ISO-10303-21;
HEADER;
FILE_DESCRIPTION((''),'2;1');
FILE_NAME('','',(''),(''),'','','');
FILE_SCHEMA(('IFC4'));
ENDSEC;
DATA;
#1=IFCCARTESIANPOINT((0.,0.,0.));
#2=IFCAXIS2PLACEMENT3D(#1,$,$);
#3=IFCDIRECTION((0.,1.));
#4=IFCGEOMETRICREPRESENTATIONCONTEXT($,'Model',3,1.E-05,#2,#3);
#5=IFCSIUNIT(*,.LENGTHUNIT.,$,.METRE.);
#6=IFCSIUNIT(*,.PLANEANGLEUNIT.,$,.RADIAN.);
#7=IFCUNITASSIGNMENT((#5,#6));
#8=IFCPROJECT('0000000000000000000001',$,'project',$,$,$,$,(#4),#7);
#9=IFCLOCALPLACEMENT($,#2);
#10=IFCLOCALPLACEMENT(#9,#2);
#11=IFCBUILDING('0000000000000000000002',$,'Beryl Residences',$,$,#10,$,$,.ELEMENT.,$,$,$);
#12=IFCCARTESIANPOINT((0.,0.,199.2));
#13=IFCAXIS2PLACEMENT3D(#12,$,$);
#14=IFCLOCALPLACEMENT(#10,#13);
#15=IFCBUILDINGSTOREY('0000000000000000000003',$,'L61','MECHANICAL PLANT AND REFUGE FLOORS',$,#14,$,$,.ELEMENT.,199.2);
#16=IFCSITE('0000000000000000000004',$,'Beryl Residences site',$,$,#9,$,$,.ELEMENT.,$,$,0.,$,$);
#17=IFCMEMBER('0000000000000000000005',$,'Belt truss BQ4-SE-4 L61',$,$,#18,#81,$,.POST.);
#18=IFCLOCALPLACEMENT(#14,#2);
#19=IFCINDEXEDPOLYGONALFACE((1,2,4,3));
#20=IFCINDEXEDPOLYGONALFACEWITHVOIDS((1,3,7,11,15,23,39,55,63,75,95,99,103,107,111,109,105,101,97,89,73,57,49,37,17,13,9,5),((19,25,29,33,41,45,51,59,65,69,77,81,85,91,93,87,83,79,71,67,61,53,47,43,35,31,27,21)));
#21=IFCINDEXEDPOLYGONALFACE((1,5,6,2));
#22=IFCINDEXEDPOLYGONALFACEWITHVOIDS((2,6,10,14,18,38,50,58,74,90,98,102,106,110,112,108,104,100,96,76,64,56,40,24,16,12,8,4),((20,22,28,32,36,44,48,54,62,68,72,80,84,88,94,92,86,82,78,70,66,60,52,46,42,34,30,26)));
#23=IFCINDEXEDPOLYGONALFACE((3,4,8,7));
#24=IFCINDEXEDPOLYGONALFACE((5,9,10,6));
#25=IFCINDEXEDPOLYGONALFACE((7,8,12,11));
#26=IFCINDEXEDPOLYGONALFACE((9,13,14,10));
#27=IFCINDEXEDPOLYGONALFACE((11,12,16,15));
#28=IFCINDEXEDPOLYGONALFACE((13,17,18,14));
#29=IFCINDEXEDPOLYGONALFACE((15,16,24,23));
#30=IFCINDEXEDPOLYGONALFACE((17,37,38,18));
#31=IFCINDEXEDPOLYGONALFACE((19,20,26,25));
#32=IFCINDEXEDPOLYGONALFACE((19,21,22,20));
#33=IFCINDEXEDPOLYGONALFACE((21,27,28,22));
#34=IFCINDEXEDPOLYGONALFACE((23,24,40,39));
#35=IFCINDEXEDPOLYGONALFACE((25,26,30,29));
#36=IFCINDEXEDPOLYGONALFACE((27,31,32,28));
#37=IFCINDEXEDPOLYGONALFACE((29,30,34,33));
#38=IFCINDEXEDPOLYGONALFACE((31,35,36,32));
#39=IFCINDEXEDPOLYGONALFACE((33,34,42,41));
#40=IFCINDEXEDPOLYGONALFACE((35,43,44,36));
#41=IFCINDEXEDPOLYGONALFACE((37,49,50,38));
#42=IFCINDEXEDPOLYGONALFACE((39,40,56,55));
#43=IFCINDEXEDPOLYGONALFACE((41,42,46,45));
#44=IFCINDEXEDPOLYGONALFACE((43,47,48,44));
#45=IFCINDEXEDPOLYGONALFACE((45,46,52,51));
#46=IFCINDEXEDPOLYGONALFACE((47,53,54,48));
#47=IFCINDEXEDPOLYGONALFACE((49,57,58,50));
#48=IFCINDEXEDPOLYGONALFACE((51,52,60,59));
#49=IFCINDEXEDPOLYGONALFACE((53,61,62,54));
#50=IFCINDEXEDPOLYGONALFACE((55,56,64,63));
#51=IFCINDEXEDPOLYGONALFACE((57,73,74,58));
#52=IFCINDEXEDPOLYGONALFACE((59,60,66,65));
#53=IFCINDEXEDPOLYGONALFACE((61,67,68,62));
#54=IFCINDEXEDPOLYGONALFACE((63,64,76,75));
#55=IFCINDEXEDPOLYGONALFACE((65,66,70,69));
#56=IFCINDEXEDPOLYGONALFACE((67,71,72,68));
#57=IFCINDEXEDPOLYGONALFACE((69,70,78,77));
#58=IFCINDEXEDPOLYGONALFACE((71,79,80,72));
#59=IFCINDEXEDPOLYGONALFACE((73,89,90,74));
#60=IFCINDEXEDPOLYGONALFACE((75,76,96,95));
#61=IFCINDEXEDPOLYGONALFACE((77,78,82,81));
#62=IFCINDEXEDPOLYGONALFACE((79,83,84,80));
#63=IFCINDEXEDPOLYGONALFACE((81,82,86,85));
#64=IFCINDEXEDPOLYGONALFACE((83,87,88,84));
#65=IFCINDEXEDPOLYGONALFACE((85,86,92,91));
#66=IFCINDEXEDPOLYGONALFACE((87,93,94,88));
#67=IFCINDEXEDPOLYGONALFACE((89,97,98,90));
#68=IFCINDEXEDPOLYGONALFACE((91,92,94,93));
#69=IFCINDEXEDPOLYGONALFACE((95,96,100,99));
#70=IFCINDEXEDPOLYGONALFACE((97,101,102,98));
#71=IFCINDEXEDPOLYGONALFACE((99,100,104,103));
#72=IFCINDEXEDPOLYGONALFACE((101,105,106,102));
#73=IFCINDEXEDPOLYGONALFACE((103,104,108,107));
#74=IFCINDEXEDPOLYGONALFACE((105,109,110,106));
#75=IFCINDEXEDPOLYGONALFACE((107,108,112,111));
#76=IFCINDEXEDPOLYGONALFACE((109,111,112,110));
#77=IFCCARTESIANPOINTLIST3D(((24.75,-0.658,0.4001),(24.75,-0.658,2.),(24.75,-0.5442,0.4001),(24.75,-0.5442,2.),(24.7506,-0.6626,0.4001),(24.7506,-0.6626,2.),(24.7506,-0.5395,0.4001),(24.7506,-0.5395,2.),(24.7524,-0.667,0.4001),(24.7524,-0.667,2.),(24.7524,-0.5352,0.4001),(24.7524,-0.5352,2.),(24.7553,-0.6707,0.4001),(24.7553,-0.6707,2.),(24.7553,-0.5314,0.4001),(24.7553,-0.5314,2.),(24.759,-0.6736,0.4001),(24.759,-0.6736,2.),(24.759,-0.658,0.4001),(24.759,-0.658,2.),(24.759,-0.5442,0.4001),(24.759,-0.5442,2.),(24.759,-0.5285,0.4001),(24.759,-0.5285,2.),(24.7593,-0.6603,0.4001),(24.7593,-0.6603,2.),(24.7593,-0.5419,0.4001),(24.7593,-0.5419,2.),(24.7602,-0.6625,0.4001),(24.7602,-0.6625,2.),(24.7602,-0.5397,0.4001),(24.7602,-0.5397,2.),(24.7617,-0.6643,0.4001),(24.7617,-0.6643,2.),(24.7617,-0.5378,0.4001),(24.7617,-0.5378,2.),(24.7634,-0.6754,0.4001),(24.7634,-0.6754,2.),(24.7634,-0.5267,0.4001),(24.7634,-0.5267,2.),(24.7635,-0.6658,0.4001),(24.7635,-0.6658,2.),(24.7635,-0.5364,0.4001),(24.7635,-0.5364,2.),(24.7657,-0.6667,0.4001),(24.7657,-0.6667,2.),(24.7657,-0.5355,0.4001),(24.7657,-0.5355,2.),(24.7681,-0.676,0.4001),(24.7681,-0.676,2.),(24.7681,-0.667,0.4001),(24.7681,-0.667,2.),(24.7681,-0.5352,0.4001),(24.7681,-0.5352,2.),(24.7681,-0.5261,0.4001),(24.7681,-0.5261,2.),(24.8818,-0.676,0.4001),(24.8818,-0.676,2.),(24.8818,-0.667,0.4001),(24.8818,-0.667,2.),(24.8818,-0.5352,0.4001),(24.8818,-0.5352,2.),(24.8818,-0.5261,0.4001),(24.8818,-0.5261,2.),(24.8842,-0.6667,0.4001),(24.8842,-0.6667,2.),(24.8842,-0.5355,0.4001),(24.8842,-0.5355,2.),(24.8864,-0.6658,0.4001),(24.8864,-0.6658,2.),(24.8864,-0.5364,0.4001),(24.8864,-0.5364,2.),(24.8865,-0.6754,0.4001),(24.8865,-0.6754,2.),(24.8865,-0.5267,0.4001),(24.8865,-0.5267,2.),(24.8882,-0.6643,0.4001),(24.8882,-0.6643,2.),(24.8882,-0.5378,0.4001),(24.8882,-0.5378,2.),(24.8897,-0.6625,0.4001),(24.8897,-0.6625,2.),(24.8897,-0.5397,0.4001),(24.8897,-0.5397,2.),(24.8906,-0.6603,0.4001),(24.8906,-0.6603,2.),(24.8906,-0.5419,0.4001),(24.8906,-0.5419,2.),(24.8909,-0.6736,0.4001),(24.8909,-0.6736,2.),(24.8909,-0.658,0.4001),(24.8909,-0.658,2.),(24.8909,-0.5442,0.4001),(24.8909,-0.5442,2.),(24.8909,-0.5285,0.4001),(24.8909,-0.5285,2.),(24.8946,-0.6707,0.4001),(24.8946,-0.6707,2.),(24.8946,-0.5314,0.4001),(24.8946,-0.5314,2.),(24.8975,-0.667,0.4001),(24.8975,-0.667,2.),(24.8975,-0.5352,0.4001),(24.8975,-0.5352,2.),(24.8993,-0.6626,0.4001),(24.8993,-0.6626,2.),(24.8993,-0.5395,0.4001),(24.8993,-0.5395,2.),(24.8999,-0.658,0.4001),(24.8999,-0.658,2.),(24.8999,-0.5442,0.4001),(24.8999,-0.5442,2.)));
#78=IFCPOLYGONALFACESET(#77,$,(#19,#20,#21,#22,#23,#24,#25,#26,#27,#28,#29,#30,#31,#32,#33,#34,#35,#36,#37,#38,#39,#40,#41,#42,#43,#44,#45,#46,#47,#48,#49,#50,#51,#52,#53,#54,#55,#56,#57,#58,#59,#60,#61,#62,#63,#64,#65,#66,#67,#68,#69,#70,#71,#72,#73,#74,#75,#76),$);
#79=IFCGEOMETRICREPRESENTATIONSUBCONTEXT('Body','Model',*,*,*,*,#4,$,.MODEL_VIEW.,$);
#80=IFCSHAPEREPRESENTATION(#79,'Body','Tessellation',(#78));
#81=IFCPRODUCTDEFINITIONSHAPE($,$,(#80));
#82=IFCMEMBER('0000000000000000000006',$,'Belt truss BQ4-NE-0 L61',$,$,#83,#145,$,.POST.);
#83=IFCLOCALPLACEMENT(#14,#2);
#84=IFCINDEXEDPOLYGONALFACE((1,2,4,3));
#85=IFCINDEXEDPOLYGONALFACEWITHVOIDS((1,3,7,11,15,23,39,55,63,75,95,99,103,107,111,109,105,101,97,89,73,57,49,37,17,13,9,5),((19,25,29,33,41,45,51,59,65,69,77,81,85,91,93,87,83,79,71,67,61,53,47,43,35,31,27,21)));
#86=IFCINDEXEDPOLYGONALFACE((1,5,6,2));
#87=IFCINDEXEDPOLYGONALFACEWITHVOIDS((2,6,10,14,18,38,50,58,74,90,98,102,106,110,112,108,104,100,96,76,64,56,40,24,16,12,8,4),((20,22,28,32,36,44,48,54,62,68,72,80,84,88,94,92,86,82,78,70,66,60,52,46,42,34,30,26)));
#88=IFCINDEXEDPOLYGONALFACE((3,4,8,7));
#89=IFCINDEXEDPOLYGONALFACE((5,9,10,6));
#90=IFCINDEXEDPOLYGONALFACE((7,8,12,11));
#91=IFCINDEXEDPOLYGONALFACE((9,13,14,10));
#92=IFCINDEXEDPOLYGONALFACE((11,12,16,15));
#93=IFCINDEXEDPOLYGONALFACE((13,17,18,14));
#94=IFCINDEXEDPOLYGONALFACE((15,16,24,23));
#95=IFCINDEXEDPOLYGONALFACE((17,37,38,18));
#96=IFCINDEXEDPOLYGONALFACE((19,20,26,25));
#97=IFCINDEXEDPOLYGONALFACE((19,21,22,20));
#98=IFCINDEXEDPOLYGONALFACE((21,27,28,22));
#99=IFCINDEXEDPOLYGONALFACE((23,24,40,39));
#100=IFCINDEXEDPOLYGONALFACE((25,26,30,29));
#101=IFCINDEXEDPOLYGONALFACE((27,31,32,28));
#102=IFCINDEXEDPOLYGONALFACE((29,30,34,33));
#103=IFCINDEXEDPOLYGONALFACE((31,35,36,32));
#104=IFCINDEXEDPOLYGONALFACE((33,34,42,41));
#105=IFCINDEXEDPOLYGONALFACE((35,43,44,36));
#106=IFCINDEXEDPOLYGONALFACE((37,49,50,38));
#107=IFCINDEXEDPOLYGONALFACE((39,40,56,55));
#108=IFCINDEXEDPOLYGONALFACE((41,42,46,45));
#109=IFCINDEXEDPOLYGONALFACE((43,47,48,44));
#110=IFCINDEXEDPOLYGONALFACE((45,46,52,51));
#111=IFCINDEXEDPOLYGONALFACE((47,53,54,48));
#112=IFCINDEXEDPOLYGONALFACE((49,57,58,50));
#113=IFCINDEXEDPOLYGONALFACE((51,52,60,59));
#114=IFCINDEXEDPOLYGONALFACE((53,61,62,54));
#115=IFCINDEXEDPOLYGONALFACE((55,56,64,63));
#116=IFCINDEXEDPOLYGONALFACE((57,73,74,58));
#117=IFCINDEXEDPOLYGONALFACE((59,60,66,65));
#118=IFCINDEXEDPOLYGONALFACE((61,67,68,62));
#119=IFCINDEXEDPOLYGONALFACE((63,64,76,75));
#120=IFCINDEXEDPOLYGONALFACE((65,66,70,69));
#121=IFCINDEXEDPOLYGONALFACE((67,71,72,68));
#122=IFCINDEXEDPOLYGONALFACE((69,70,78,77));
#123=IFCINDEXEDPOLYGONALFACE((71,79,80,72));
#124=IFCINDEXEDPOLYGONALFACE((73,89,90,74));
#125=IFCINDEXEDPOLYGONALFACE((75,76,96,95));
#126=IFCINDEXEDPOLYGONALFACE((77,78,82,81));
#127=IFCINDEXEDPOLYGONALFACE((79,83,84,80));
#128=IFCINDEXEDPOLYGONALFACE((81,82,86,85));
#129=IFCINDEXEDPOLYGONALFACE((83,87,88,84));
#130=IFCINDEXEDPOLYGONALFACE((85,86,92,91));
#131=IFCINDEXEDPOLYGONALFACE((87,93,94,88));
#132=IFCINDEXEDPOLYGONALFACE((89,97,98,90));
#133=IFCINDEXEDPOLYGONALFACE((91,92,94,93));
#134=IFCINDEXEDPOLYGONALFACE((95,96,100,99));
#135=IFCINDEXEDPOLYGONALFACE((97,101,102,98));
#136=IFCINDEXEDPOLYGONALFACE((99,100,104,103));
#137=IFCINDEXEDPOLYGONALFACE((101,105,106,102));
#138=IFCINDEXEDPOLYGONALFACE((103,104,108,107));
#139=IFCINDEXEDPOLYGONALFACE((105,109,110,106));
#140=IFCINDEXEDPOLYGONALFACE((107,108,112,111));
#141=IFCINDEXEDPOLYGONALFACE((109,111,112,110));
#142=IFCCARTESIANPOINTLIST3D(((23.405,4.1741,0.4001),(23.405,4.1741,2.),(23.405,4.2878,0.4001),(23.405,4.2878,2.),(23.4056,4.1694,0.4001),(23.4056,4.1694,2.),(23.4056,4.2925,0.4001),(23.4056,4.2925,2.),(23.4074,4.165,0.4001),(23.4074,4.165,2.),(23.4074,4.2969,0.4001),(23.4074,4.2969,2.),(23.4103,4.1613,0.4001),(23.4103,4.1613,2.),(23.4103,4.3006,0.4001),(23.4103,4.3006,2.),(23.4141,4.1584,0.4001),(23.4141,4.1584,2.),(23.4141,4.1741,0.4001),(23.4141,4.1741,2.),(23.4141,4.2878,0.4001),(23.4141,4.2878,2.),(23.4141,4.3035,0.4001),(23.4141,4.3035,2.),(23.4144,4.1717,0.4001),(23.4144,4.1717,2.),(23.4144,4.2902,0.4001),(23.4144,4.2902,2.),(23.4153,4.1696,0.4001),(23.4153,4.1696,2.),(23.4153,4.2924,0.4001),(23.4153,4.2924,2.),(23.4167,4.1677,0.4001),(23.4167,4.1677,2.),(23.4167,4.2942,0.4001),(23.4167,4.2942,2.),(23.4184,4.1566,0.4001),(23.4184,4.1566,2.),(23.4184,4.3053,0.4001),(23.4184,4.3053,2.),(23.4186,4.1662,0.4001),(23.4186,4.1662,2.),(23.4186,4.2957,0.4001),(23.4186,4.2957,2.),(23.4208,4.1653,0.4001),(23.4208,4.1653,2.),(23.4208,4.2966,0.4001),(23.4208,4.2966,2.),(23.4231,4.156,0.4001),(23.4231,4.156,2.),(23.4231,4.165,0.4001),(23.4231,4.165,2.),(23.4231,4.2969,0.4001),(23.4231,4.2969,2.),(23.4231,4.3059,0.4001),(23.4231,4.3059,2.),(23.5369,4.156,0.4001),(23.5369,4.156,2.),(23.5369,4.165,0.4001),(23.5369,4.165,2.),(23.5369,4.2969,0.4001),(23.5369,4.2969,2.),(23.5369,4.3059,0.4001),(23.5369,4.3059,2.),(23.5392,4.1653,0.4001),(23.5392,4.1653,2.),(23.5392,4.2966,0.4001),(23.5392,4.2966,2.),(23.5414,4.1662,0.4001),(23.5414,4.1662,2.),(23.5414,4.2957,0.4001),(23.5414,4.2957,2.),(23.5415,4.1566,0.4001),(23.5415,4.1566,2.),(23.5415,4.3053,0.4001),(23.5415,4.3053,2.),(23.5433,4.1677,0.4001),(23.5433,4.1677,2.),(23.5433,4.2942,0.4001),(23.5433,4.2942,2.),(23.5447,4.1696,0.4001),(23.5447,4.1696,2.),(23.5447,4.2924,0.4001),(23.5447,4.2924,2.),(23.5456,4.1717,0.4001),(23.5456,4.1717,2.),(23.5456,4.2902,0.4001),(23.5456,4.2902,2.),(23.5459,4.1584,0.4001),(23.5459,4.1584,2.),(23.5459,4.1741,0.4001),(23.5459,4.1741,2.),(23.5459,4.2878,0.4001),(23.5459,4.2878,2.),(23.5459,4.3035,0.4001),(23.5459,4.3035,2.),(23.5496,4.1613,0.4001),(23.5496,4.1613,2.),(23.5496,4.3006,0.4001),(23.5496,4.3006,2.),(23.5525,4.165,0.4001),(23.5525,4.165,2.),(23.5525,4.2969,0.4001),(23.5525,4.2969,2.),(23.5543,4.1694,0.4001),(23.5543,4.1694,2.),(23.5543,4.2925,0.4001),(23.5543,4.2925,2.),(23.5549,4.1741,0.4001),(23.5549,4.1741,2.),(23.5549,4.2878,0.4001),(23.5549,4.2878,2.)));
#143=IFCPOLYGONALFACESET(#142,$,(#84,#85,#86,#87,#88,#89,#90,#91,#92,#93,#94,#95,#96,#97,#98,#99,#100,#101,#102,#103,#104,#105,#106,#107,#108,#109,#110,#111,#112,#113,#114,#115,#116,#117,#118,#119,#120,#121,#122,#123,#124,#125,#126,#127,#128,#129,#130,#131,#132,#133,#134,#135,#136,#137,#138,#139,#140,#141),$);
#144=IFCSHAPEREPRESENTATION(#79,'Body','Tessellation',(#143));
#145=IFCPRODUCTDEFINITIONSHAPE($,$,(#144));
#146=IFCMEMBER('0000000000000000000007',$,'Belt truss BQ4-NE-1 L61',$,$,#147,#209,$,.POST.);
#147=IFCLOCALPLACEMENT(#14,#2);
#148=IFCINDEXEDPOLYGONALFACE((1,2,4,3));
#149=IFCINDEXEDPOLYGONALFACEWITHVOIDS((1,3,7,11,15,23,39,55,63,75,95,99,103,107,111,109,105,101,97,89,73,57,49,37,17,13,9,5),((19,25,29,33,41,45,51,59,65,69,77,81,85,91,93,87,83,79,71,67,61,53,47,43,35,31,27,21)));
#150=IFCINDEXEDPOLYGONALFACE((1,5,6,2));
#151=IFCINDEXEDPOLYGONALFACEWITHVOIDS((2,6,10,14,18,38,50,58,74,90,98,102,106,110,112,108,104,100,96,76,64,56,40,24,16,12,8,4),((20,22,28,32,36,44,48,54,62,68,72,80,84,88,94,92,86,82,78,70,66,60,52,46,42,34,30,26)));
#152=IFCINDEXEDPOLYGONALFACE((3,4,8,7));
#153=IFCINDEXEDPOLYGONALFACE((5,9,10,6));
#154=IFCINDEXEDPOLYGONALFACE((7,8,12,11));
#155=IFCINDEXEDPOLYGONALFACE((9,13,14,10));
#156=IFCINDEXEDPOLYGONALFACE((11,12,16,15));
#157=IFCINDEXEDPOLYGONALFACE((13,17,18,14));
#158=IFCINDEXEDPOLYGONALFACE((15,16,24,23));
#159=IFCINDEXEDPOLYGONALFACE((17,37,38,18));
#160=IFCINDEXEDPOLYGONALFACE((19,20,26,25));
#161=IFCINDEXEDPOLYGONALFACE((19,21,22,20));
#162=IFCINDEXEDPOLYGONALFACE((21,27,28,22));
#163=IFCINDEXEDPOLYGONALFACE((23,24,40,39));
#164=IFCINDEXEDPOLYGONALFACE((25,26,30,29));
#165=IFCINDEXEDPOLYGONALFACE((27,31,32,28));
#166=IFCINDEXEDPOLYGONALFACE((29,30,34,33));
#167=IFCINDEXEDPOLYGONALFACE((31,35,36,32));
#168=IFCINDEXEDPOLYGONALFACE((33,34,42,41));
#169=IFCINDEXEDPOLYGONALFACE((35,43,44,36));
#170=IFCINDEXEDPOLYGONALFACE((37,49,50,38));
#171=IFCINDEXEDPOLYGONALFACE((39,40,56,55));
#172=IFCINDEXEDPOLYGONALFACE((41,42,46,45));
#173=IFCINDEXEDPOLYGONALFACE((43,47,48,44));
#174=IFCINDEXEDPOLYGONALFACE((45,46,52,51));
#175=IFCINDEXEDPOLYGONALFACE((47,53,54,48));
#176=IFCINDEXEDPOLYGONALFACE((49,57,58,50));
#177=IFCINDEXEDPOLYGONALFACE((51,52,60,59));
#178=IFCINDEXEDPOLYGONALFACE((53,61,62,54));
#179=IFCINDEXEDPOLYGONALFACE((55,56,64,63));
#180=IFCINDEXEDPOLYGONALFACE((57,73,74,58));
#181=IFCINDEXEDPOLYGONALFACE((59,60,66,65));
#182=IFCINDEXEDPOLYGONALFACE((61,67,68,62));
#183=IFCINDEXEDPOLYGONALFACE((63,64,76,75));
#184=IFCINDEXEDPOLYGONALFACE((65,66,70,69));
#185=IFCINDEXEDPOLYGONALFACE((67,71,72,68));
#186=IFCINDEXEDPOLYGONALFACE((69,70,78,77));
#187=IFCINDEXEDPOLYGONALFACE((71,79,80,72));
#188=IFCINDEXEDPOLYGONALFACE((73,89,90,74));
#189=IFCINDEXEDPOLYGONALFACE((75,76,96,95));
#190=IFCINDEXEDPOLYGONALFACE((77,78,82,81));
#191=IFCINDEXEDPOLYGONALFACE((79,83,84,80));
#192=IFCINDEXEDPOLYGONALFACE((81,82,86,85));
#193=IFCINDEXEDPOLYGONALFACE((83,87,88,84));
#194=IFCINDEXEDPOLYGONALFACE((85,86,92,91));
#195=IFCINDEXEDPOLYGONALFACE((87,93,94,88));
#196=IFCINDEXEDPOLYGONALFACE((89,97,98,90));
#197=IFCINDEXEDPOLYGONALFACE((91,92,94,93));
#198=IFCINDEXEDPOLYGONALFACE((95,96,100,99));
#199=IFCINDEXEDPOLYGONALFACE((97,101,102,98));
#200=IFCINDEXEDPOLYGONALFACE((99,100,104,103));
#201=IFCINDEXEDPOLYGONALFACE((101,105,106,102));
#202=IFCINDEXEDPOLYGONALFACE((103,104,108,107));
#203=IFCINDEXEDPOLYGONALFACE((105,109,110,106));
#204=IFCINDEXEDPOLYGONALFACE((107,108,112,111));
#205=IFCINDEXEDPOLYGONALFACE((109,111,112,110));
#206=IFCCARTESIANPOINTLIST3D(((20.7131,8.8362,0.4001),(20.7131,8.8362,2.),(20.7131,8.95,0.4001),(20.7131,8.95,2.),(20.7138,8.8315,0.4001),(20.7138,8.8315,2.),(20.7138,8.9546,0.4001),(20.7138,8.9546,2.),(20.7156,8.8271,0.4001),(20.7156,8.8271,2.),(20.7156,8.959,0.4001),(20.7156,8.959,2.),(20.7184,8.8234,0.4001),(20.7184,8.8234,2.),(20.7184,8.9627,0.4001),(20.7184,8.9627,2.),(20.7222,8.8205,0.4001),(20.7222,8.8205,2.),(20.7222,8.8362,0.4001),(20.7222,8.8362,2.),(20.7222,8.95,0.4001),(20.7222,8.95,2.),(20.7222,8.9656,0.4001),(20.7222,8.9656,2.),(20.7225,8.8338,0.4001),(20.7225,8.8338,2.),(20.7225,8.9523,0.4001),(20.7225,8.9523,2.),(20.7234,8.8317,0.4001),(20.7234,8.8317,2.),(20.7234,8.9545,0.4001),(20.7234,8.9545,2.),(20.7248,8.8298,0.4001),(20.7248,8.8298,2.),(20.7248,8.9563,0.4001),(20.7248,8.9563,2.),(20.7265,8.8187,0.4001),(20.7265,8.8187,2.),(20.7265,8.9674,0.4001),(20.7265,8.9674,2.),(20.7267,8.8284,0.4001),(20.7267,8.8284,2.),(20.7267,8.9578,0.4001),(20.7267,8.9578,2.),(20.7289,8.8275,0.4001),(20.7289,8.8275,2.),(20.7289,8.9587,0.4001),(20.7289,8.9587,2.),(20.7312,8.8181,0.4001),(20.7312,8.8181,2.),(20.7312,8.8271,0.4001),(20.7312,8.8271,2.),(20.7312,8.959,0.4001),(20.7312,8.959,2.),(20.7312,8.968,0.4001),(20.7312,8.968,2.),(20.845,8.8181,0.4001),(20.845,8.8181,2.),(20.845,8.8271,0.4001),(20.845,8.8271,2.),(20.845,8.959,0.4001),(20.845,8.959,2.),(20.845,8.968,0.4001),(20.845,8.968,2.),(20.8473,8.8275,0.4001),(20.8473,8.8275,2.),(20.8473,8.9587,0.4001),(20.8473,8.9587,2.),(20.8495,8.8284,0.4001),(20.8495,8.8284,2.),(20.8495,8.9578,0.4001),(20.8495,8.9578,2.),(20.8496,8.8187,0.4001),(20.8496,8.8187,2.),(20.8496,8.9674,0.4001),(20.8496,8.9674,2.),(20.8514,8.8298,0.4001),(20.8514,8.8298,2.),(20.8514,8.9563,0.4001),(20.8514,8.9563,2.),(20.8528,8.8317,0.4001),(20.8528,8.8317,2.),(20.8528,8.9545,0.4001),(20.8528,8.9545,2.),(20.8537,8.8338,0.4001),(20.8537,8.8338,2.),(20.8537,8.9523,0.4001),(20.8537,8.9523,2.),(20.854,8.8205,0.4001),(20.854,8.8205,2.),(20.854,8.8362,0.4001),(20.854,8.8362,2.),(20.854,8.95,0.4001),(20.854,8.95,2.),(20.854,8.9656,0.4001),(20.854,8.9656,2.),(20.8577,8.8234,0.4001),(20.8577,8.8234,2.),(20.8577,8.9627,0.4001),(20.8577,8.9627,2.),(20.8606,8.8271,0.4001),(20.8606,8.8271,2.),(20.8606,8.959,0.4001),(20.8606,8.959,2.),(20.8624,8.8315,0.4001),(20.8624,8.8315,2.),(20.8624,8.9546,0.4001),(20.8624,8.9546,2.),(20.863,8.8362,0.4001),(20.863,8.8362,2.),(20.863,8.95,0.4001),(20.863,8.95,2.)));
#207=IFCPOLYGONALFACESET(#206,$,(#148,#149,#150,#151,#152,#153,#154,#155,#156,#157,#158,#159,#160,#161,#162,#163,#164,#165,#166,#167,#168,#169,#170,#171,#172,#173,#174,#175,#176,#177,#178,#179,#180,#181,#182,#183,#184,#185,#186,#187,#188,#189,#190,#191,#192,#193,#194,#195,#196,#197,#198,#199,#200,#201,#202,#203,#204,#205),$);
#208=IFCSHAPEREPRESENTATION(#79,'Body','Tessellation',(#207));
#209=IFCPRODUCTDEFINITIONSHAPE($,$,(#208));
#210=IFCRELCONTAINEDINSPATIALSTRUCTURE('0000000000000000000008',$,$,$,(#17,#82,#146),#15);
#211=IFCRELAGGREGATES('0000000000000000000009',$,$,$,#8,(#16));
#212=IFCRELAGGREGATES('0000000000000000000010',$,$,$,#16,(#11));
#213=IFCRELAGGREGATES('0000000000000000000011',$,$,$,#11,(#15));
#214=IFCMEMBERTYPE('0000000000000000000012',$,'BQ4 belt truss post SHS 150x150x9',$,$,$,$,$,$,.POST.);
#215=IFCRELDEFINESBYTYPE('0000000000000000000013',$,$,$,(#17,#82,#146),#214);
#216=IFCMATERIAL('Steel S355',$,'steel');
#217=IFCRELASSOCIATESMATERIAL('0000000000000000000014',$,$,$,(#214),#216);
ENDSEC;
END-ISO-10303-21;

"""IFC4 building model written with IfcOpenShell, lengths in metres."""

from ifc_helpers import new_model, si_unit, direction, frame, origin, origin_2d, place, context, subcontext, project, spatial, hollow_rectangle, extrude, material, material_profile, profile_set, type_object, element, save


model = new_model("IFC4")

# Units and contexts
model_context = context("Model", 3, precision=1e-05, world=origin(), true_north=direction((0.0, 1.0)))
body_context = subcontext(model_context, "Body", "Model", "MODEL_VIEW")
ifc_project = project(units=[si_unit("LENGTHUNIT", "METRE"), si_unit("PLANEANGLEUNIT", "RADIAN")], contexts=[model_context])

# Site, building, storey
site_placement = place(None, origin())
site = spatial("IfcSite", under=ifc_project, at=site_placement, Name="Beryl Residences site", CompositionType="ELEMENT", RefElevation=0.0)
building_placement = place(site_placement, origin())
building = spatial("IfcBuilding", under=site, at=building_placement, Name="Beryl Residences", CompositionType="ELEMENT")
storey_placement = place(building_placement, frame((0.0, 0.0, 199.2)))
storey = spatial("IfcBuildingStorey", under=building, at=storey_placement, Name="L61", Description="MECHANICAL PLANT AND REFUGE FLOORS", CompositionType="ELEMENT", Elevation=199.2)

# Members
ifc_material_1 = material(Name="Steel S355", Category="steel")
ifc_material_profile_1 = material_profile(ifc_material_1, hollow_rectangle(XDim=0.1499, YDim=0.1499, WallThickness=0.009, InnerFilletRadius=0.009, OuterFilletRadius=0.0181, at=origin_2d()))
ifc_profile_set_1 = profile_set([ifc_material_profile_1], Name="Steel S355")
member_type_1 = type_object("IfcMemberType", Name="BQ4 belt truss post SHS 150x150x9", PredefinedType="POST", material=ifc_profile_set_1)
for number, where, z_axis, x_axis, name in (
    (1, (24.825, -0.6011, 0.4001), (0.0, 0.0, 1.0), (1.0, 0.0, 0.0), "Belt truss BQ4-SE-4 L61"),
    (2, (23.48, 4.231, 0.4001), (0.0, 0.0, 1.0), (1.0, 0.0, 0.0), "Belt truss BQ4-NE-0 L61"),
    (3, (20.7881, 8.8931, 0.4001), (0.0, 0.0, 1.0), (1.0, 0.0, 0.0), "Belt truss BQ4-NE-1 L61"),
):
    element("IfcMember", number, at=place(storey_placement, frame(where, z_axis=z_axis, x_axis=x_axis)), inside=storey, type_object=member_type_1, Name=name, PredefinedType="POST", context=body_context, shape_type="SweptSolid", body=[
        extrude(hollow_rectangle(XDim=0.1499, YDim=0.1499, WallThickness=0.009, InnerFilletRadius=0.009, OuterFilletRadius=0.0181, at=origin_2d()), origin(), (0.0, 0.0, 1.0), 1.5999),
    ])

save(model, "model.ifc")
